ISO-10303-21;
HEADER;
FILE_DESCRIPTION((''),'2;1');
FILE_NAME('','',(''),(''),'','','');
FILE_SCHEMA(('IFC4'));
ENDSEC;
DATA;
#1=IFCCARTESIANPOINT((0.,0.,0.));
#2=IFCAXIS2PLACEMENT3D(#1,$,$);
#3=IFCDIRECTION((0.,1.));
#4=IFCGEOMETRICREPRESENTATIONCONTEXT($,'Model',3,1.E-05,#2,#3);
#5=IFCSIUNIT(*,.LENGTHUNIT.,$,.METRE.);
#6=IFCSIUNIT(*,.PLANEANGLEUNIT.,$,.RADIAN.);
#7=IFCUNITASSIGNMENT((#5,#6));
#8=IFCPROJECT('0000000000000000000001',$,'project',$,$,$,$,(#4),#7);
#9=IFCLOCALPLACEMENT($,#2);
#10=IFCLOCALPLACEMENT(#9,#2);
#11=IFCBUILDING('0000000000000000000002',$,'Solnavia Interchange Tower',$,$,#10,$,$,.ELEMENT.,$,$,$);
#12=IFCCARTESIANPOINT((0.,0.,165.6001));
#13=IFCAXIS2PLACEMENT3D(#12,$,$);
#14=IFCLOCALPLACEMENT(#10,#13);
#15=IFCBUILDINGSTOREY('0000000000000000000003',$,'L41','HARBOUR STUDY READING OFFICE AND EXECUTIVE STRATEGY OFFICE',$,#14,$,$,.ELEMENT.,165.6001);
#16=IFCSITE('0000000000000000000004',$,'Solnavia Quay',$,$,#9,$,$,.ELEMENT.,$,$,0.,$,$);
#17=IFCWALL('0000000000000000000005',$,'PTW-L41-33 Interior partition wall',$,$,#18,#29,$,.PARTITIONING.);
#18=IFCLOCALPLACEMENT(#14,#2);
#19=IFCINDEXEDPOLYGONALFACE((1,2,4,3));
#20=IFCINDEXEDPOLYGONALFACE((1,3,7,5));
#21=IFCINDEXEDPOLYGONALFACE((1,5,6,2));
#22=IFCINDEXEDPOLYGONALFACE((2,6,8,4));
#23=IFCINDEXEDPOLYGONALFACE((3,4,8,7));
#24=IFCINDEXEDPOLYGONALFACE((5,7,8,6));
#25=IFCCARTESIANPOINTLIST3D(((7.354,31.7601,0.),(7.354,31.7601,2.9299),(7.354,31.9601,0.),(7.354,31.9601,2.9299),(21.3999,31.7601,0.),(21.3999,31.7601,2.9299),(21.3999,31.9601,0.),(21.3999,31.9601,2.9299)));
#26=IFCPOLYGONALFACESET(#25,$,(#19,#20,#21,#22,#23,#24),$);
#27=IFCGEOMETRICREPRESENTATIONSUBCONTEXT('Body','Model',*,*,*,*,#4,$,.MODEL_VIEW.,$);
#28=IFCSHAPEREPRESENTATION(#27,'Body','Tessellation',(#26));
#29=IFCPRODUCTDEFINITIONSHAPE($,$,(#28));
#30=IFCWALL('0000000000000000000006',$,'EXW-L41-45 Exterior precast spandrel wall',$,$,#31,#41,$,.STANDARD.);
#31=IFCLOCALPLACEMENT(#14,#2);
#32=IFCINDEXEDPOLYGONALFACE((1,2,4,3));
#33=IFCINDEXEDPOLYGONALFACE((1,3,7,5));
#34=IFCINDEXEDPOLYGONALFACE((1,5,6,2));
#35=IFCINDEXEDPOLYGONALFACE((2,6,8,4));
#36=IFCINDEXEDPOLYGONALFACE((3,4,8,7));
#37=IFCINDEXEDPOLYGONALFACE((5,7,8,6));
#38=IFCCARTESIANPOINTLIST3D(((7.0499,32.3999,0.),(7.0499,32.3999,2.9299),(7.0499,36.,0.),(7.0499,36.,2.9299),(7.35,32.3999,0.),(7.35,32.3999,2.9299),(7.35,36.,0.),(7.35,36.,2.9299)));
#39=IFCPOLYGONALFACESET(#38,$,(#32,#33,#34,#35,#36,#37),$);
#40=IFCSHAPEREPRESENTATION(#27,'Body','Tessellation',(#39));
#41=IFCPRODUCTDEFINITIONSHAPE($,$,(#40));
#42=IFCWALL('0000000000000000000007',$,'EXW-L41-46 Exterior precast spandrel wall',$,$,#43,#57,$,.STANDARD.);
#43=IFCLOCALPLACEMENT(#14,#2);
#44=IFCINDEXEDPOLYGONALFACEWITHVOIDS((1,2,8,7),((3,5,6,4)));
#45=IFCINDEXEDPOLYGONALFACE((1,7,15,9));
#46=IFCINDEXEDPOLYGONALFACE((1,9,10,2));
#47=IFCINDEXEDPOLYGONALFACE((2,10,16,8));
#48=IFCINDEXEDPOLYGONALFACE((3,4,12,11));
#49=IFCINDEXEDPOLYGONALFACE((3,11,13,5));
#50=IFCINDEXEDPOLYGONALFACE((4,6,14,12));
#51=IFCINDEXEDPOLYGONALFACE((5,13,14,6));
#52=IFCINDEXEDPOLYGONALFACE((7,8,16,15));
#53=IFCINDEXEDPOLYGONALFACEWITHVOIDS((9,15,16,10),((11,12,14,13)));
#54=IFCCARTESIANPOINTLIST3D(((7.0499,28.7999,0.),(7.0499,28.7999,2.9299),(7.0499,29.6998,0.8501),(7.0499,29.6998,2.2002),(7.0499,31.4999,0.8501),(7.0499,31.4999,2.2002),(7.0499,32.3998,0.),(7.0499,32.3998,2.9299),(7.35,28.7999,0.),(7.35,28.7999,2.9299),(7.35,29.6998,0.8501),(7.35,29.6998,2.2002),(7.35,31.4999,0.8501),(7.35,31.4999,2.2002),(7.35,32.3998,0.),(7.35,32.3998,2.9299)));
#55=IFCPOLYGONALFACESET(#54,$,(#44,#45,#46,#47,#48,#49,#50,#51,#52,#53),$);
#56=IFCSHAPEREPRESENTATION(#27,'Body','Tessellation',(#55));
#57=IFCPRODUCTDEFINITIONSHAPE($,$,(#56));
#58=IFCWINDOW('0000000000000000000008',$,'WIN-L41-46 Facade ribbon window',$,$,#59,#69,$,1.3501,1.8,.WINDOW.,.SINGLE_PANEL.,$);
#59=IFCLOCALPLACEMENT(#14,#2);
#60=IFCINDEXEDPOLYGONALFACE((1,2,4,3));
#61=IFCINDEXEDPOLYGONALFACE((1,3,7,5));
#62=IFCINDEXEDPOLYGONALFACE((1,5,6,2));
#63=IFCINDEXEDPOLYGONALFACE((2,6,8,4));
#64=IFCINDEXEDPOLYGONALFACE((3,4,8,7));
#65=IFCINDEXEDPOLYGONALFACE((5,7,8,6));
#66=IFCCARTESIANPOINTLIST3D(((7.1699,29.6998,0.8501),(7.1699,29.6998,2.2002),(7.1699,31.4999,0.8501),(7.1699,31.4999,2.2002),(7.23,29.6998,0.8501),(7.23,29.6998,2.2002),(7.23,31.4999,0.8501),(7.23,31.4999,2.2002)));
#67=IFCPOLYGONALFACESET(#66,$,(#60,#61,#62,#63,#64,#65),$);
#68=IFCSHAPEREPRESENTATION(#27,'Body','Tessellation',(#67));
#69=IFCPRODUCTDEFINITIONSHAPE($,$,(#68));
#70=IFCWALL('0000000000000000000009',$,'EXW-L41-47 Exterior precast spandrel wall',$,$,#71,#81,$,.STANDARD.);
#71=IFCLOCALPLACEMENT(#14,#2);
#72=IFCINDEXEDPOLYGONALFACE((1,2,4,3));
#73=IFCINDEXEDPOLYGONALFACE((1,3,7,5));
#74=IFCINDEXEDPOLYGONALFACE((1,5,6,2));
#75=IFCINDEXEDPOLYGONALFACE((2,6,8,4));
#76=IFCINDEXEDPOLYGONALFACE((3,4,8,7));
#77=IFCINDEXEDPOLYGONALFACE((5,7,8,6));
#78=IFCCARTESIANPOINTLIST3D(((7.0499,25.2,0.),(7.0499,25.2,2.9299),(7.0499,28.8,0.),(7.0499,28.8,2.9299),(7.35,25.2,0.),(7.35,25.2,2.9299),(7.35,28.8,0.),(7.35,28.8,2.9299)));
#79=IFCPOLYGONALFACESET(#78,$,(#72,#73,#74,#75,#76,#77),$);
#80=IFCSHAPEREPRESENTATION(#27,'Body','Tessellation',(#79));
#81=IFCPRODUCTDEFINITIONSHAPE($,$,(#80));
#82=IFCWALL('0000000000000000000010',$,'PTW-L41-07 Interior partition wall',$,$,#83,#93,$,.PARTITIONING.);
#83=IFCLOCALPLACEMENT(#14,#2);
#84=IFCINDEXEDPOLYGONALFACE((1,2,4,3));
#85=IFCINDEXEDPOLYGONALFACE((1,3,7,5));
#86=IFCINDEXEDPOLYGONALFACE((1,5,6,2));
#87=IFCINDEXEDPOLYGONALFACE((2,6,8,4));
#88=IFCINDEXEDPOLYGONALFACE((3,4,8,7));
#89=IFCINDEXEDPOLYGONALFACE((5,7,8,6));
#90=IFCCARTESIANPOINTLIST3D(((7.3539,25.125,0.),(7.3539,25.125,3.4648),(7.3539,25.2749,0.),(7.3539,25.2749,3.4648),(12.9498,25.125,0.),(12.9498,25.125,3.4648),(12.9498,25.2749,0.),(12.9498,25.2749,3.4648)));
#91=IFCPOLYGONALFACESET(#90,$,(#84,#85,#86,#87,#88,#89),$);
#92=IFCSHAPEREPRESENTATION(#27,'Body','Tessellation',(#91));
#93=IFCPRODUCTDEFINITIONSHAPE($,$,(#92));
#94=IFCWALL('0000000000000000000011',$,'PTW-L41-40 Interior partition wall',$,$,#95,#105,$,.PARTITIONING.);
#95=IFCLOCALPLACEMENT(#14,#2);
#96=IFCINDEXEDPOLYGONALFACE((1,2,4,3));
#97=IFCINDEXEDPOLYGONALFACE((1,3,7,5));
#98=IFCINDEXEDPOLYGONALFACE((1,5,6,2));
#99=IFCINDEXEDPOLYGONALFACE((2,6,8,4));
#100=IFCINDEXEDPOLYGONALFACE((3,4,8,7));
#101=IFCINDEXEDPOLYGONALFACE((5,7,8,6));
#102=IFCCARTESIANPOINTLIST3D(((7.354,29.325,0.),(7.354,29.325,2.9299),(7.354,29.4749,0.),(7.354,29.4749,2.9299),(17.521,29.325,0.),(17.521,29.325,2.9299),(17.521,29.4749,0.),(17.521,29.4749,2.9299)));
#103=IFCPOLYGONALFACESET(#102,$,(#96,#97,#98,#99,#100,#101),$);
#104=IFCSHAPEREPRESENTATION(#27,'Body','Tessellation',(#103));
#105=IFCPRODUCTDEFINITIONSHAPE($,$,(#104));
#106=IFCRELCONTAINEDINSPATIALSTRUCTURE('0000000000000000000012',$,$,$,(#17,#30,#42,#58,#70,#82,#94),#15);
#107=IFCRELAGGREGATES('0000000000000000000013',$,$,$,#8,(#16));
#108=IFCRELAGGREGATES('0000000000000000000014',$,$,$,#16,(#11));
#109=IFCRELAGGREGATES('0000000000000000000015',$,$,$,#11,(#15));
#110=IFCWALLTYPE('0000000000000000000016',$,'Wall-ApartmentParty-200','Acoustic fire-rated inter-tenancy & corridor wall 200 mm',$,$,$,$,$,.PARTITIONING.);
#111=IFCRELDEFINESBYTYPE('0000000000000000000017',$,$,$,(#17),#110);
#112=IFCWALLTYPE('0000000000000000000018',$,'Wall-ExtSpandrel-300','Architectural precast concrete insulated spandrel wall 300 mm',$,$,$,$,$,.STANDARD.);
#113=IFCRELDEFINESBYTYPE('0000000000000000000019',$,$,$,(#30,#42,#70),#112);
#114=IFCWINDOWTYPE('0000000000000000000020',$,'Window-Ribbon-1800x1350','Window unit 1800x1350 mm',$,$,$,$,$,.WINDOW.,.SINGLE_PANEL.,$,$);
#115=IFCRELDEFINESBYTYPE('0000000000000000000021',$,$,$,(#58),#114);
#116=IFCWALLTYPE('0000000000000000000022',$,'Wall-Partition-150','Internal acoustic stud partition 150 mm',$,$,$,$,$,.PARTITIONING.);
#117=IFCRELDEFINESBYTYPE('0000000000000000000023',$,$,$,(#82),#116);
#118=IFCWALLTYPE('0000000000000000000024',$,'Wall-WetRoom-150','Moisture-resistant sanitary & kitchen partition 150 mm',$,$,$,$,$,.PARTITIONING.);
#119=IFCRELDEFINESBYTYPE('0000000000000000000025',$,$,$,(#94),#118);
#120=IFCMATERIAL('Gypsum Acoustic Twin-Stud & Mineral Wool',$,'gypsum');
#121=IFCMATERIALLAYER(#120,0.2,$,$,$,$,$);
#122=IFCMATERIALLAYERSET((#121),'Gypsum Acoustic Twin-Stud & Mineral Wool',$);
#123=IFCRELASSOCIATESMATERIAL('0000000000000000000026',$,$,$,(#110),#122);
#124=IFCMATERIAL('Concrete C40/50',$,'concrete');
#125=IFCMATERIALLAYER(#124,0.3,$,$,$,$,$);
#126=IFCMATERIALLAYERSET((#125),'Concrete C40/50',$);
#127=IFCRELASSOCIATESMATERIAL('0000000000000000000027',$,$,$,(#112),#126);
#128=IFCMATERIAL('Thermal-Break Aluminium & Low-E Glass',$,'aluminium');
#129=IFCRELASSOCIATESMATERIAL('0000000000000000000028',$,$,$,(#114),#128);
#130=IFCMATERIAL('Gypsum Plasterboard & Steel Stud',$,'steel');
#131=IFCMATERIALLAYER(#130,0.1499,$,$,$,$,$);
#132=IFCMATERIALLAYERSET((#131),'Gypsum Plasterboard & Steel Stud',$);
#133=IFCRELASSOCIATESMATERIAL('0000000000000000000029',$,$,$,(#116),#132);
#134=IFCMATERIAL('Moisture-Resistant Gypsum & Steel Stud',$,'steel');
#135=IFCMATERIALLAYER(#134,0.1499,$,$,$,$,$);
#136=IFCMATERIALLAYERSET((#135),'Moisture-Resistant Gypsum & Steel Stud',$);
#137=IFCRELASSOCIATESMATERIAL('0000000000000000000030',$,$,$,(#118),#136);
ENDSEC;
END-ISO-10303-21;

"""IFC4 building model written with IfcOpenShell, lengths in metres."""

from ifc_helpers import new_model, si_unit, direction, frame, frame_2d, origin, place, context, subcontext, project, spatial, rectangle, extrude, material, layer, layer_set, type_object, element, fill, save


model = new_model("IFC4")

# Units and contexts
model_context = context("Model", 3, precision=1e-05, world=origin(), true_north=direction((0.0, 1.0)))
body_context = subcontext(model_context, "Body", "Model", "MODEL_VIEW")
ifc_project = project(units=[si_unit("LENGTHUNIT", "METRE"), si_unit("PLANEANGLEUNIT", "RADIAN")], contexts=[model_context])

# Site, building, storey
site_placement = place(None, origin())
site = spatial("IfcSite", under=ifc_project, at=site_placement, Name="Solnavia Quay", CompositionType="ELEMENT", RefElevation=0.0)
building_placement = place(site_placement, origin())
building = spatial("IfcBuilding", under=site, at=building_placement, Name="Solnavia Interchange Tower", CompositionType="ELEMENT")
storey_placement = place(building_placement, frame((0.0, 0.0, 165.6001)))
storey = spatial("IfcBuildingStorey", under=building, at=storey_placement, Name="L41", Description="HARBOUR STUDY READING OFFICE AND EXECUTIVE STRATEGY OFFICE", CompositionType="ELEMENT", Elevation=165.6001)

# Walls
ifc_material_1 = material(Name="Gypsum Acoustic Twin-Stud & Mineral Wool", Category="gypsum")
ifc_layer_1 = layer(ifc_material_1, 0.2)
ifc_layer_set_1 = layer_set([ifc_layer_1], Name="Gypsum Acoustic Twin-Stud & Mineral Wool")
wall_type_1 = type_object("IfcWallType", Name="Wall-ApartmentParty-200", Description="Acoustic fire-rated inter-tenancy & corridor wall 200 mm", PredefinedType="PARTITIONING", material=ifc_layer_set_1)
for number, where, z_axis, x_axis, name in (
    (1, (7.354, 31.8601, 0.0), (0.0, 0.0, 1.0), (1.0, 0.0, 0.0), "PTW-L41-33 Interior partition wall"),
):
    element("IfcWall", number, at=place(storey_placement, frame(where, z_axis=z_axis, x_axis=x_axis)), inside=storey, type_object=wall_type_1, Name=name, PredefinedType="PARTITIONING", context=body_context, shape_type="SweptSolid", body=[
        extrude(rectangle(XDim=14.0459, YDim=0.2, at=frame_2d((7.0229, 0.0))), origin(), (0.0, 0.0, 1.0), 2.9299),
    ])
ifc_material_2 = material(Name="Concrete C40/50", Category="concrete")
ifc_layer_2 = layer(ifc_material_2, 0.3)
ifc_layer_set_2 = layer_set([ifc_layer_2], Name="Concrete C40/50")
wall_type_2 = type_object("IfcWallType", Name="Wall-ExtSpandrel-300", Description="Architectural precast concrete insulated spandrel wall 300 mm", PredefinedType="STANDARD", material=ifc_layer_set_2)
wall_1_placement = place(storey_placement, frame((7.2, 32.3999, 0.0), z_axis=(0.0, 0.0, 1.0), x_axis=(0.0, 1.0, 0.0)))
element("IfcWall", 2, at=wall_1_placement, inside=storey, type_object=wall_type_2, Name="EXW-L41-45 Exterior precast spandrel wall", PredefinedType="STANDARD", context=body_context, shape_type="SweptSolid", body=[
    extrude(rectangle(XDim=3.6001, YDim=0.3, at=frame_2d((1.8, 0.0))), origin(), (0.0, 0.0, 1.0), 2.9299),
])

# Wall, opening, window
wall_2_placement = place(storey_placement, frame((7.2, 28.8, 0.0), z_axis=(0.0, 0.0, 1.0), x_axis=(0.0, 1.0, 0.0)))
wall_2 = element("IfcWall", 3, at=wall_2_placement, inside=storey, type_object=wall_type_2, Name="EXW-L41-46 Exterior precast spandrel wall", PredefinedType="STANDARD", context=body_context, shape_type="SweptSolid", body=[
    extrude(rectangle(XDim=3.5999, YDim=0.3, at=frame_2d((1.7998, 0.0))), origin(), (0.0, 0.0, 1.0), 2.9299),
])
opening_placement = place(wall_2_placement, frame((0.8999, 0.0, 0.8501)))
opening = element("IfcOpeningElement", 4, at=opening_placement, cuts=wall_2, PredefinedType="OPENING", context=body_context, shape_type="SweptSolid", body=[
    extrude(rectangle(XDim=1.8, YDim=1.3501, at=frame_2d((0.8999, 0.675))), frame((0.0, 0.1602, 0.0), z_axis=(0.0, -1.0, 0.0), x_axis=(1.0, 0.0, 0.0)), (0.0, 0.0, 1.0), 0.3201),
])
ifc_material_3 = material(Name="Thermal-Break Aluminium & Low-E Glass", Category="aluminium")
window_type = type_object("IfcWindowType", Name="Window-Ribbon-1800x1350", Description="Window unit 1800x1350 mm", PartitioningType="SINGLE_PANEL", PredefinedType="WINDOW", material=ifc_material_3)
window_placement = place(opening_placement, origin())
window = element("IfcWindow", 5, at=window_placement, inside=storey, type_object=window_type, Name="WIN-L41-46 Facade ribbon window", OverallHeight=1.3501, OverallWidth=1.8, PartitioningType="SINGLE_PANEL", PredefinedType="WINDOW", context=body_context, shape_type="SweptSolid", body=[
    extrude(rectangle(XDim=1.8, YDim=1.3501, at=frame_2d((0.8999, 0.675))), frame((0.0, 0.03, 0.0), z_axis=(0.0, -1.0, 0.0), x_axis=(1.0, 0.0, 0.0)), (0.0, 0.0, 1.0), 0.0601),
])
fill(opening, window)

# Walls
wall_3_placement = place(storey_placement, frame((7.2, 25.2, 0.0), z_axis=(0.0, 0.0, 1.0), x_axis=(0.0, 1.0, 0.0)))
element("IfcWall", 6, at=wall_3_placement, inside=storey, type_object=wall_type_2, Name="EXW-L41-47 Exterior precast spandrel wall", PredefinedType="STANDARD", context=body_context, shape_type="SweptSolid", body=[
    extrude(rectangle(XDim=3.6001, YDim=0.3, at=frame_2d((1.8, 0.0))), origin(), (0.0, 0.0, 1.0), 2.9299),
])
ifc_material_4 = material(Name="Gypsum Plasterboard & Steel Stud", Category="steel")
ifc_layer_3 = layer(ifc_material_4, 0.1499)
ifc_layer_set_3 = layer_set([ifc_layer_3], Name="Gypsum Plasterboard & Steel Stud")
wall_type_3 = type_object("IfcWallType", Name="Wall-Partition-150", Description="Internal acoustic stud partition 150 mm", PredefinedType="PARTITIONING", material=ifc_layer_set_3)
wall_4_placement = place(storey_placement, frame((7.354, 25.2, 0.0), z_axis=(0.0, 0.0, 1.0), x_axis=(1.0, 0.0, 0.0)))
element("IfcWall", 7, at=wall_4_placement, inside=storey, type_object=wall_type_3, Name="PTW-L41-07 Interior partition wall", PredefinedType="PARTITIONING", context=body_context, shape_type="SweptSolid", body=[
    extrude(rectangle(XDim=5.5959, YDim=0.1499, at=frame_2d((2.7979, 0.0))), origin(), (0.0, 0.0, 1.0), 3.4648),
])
ifc_material_5 = material(Name="Moisture-Resistant Gypsum & Steel Stud", Category="steel")
ifc_layer_4 = layer(ifc_material_5, 0.1499)
ifc_layer_set_4 = layer_set([ifc_layer_4], Name="Moisture-Resistant Gypsum & Steel Stud")
wall_type_4 = type_object("IfcWallType", Name="Wall-WetRoom-150", Description="Moisture-resistant sanitary & kitchen partition 150 mm", PredefinedType="PARTITIONING", material=ifc_layer_set_4)
wall_5_placement = place(storey_placement, frame((7.354, 29.3999, 0.0), z_axis=(0.0, 0.0, 1.0), x_axis=(1.0, 0.0, 0.0)))
element("IfcWall", 8, at=wall_5_placement, inside=storey, type_object=wall_type_4, Name="PTW-L41-40 Interior partition wall", PredefinedType="PARTITIONING", context=body_context, shape_type="SweptSolid", body=[
    extrude(rectangle(XDim=10.167, YDim=0.1499, at=frame_2d((5.0835, 0.0))), origin(), (0.0, 0.0, 1.0), 2.9299),
])

save(model, "model.ifc")
